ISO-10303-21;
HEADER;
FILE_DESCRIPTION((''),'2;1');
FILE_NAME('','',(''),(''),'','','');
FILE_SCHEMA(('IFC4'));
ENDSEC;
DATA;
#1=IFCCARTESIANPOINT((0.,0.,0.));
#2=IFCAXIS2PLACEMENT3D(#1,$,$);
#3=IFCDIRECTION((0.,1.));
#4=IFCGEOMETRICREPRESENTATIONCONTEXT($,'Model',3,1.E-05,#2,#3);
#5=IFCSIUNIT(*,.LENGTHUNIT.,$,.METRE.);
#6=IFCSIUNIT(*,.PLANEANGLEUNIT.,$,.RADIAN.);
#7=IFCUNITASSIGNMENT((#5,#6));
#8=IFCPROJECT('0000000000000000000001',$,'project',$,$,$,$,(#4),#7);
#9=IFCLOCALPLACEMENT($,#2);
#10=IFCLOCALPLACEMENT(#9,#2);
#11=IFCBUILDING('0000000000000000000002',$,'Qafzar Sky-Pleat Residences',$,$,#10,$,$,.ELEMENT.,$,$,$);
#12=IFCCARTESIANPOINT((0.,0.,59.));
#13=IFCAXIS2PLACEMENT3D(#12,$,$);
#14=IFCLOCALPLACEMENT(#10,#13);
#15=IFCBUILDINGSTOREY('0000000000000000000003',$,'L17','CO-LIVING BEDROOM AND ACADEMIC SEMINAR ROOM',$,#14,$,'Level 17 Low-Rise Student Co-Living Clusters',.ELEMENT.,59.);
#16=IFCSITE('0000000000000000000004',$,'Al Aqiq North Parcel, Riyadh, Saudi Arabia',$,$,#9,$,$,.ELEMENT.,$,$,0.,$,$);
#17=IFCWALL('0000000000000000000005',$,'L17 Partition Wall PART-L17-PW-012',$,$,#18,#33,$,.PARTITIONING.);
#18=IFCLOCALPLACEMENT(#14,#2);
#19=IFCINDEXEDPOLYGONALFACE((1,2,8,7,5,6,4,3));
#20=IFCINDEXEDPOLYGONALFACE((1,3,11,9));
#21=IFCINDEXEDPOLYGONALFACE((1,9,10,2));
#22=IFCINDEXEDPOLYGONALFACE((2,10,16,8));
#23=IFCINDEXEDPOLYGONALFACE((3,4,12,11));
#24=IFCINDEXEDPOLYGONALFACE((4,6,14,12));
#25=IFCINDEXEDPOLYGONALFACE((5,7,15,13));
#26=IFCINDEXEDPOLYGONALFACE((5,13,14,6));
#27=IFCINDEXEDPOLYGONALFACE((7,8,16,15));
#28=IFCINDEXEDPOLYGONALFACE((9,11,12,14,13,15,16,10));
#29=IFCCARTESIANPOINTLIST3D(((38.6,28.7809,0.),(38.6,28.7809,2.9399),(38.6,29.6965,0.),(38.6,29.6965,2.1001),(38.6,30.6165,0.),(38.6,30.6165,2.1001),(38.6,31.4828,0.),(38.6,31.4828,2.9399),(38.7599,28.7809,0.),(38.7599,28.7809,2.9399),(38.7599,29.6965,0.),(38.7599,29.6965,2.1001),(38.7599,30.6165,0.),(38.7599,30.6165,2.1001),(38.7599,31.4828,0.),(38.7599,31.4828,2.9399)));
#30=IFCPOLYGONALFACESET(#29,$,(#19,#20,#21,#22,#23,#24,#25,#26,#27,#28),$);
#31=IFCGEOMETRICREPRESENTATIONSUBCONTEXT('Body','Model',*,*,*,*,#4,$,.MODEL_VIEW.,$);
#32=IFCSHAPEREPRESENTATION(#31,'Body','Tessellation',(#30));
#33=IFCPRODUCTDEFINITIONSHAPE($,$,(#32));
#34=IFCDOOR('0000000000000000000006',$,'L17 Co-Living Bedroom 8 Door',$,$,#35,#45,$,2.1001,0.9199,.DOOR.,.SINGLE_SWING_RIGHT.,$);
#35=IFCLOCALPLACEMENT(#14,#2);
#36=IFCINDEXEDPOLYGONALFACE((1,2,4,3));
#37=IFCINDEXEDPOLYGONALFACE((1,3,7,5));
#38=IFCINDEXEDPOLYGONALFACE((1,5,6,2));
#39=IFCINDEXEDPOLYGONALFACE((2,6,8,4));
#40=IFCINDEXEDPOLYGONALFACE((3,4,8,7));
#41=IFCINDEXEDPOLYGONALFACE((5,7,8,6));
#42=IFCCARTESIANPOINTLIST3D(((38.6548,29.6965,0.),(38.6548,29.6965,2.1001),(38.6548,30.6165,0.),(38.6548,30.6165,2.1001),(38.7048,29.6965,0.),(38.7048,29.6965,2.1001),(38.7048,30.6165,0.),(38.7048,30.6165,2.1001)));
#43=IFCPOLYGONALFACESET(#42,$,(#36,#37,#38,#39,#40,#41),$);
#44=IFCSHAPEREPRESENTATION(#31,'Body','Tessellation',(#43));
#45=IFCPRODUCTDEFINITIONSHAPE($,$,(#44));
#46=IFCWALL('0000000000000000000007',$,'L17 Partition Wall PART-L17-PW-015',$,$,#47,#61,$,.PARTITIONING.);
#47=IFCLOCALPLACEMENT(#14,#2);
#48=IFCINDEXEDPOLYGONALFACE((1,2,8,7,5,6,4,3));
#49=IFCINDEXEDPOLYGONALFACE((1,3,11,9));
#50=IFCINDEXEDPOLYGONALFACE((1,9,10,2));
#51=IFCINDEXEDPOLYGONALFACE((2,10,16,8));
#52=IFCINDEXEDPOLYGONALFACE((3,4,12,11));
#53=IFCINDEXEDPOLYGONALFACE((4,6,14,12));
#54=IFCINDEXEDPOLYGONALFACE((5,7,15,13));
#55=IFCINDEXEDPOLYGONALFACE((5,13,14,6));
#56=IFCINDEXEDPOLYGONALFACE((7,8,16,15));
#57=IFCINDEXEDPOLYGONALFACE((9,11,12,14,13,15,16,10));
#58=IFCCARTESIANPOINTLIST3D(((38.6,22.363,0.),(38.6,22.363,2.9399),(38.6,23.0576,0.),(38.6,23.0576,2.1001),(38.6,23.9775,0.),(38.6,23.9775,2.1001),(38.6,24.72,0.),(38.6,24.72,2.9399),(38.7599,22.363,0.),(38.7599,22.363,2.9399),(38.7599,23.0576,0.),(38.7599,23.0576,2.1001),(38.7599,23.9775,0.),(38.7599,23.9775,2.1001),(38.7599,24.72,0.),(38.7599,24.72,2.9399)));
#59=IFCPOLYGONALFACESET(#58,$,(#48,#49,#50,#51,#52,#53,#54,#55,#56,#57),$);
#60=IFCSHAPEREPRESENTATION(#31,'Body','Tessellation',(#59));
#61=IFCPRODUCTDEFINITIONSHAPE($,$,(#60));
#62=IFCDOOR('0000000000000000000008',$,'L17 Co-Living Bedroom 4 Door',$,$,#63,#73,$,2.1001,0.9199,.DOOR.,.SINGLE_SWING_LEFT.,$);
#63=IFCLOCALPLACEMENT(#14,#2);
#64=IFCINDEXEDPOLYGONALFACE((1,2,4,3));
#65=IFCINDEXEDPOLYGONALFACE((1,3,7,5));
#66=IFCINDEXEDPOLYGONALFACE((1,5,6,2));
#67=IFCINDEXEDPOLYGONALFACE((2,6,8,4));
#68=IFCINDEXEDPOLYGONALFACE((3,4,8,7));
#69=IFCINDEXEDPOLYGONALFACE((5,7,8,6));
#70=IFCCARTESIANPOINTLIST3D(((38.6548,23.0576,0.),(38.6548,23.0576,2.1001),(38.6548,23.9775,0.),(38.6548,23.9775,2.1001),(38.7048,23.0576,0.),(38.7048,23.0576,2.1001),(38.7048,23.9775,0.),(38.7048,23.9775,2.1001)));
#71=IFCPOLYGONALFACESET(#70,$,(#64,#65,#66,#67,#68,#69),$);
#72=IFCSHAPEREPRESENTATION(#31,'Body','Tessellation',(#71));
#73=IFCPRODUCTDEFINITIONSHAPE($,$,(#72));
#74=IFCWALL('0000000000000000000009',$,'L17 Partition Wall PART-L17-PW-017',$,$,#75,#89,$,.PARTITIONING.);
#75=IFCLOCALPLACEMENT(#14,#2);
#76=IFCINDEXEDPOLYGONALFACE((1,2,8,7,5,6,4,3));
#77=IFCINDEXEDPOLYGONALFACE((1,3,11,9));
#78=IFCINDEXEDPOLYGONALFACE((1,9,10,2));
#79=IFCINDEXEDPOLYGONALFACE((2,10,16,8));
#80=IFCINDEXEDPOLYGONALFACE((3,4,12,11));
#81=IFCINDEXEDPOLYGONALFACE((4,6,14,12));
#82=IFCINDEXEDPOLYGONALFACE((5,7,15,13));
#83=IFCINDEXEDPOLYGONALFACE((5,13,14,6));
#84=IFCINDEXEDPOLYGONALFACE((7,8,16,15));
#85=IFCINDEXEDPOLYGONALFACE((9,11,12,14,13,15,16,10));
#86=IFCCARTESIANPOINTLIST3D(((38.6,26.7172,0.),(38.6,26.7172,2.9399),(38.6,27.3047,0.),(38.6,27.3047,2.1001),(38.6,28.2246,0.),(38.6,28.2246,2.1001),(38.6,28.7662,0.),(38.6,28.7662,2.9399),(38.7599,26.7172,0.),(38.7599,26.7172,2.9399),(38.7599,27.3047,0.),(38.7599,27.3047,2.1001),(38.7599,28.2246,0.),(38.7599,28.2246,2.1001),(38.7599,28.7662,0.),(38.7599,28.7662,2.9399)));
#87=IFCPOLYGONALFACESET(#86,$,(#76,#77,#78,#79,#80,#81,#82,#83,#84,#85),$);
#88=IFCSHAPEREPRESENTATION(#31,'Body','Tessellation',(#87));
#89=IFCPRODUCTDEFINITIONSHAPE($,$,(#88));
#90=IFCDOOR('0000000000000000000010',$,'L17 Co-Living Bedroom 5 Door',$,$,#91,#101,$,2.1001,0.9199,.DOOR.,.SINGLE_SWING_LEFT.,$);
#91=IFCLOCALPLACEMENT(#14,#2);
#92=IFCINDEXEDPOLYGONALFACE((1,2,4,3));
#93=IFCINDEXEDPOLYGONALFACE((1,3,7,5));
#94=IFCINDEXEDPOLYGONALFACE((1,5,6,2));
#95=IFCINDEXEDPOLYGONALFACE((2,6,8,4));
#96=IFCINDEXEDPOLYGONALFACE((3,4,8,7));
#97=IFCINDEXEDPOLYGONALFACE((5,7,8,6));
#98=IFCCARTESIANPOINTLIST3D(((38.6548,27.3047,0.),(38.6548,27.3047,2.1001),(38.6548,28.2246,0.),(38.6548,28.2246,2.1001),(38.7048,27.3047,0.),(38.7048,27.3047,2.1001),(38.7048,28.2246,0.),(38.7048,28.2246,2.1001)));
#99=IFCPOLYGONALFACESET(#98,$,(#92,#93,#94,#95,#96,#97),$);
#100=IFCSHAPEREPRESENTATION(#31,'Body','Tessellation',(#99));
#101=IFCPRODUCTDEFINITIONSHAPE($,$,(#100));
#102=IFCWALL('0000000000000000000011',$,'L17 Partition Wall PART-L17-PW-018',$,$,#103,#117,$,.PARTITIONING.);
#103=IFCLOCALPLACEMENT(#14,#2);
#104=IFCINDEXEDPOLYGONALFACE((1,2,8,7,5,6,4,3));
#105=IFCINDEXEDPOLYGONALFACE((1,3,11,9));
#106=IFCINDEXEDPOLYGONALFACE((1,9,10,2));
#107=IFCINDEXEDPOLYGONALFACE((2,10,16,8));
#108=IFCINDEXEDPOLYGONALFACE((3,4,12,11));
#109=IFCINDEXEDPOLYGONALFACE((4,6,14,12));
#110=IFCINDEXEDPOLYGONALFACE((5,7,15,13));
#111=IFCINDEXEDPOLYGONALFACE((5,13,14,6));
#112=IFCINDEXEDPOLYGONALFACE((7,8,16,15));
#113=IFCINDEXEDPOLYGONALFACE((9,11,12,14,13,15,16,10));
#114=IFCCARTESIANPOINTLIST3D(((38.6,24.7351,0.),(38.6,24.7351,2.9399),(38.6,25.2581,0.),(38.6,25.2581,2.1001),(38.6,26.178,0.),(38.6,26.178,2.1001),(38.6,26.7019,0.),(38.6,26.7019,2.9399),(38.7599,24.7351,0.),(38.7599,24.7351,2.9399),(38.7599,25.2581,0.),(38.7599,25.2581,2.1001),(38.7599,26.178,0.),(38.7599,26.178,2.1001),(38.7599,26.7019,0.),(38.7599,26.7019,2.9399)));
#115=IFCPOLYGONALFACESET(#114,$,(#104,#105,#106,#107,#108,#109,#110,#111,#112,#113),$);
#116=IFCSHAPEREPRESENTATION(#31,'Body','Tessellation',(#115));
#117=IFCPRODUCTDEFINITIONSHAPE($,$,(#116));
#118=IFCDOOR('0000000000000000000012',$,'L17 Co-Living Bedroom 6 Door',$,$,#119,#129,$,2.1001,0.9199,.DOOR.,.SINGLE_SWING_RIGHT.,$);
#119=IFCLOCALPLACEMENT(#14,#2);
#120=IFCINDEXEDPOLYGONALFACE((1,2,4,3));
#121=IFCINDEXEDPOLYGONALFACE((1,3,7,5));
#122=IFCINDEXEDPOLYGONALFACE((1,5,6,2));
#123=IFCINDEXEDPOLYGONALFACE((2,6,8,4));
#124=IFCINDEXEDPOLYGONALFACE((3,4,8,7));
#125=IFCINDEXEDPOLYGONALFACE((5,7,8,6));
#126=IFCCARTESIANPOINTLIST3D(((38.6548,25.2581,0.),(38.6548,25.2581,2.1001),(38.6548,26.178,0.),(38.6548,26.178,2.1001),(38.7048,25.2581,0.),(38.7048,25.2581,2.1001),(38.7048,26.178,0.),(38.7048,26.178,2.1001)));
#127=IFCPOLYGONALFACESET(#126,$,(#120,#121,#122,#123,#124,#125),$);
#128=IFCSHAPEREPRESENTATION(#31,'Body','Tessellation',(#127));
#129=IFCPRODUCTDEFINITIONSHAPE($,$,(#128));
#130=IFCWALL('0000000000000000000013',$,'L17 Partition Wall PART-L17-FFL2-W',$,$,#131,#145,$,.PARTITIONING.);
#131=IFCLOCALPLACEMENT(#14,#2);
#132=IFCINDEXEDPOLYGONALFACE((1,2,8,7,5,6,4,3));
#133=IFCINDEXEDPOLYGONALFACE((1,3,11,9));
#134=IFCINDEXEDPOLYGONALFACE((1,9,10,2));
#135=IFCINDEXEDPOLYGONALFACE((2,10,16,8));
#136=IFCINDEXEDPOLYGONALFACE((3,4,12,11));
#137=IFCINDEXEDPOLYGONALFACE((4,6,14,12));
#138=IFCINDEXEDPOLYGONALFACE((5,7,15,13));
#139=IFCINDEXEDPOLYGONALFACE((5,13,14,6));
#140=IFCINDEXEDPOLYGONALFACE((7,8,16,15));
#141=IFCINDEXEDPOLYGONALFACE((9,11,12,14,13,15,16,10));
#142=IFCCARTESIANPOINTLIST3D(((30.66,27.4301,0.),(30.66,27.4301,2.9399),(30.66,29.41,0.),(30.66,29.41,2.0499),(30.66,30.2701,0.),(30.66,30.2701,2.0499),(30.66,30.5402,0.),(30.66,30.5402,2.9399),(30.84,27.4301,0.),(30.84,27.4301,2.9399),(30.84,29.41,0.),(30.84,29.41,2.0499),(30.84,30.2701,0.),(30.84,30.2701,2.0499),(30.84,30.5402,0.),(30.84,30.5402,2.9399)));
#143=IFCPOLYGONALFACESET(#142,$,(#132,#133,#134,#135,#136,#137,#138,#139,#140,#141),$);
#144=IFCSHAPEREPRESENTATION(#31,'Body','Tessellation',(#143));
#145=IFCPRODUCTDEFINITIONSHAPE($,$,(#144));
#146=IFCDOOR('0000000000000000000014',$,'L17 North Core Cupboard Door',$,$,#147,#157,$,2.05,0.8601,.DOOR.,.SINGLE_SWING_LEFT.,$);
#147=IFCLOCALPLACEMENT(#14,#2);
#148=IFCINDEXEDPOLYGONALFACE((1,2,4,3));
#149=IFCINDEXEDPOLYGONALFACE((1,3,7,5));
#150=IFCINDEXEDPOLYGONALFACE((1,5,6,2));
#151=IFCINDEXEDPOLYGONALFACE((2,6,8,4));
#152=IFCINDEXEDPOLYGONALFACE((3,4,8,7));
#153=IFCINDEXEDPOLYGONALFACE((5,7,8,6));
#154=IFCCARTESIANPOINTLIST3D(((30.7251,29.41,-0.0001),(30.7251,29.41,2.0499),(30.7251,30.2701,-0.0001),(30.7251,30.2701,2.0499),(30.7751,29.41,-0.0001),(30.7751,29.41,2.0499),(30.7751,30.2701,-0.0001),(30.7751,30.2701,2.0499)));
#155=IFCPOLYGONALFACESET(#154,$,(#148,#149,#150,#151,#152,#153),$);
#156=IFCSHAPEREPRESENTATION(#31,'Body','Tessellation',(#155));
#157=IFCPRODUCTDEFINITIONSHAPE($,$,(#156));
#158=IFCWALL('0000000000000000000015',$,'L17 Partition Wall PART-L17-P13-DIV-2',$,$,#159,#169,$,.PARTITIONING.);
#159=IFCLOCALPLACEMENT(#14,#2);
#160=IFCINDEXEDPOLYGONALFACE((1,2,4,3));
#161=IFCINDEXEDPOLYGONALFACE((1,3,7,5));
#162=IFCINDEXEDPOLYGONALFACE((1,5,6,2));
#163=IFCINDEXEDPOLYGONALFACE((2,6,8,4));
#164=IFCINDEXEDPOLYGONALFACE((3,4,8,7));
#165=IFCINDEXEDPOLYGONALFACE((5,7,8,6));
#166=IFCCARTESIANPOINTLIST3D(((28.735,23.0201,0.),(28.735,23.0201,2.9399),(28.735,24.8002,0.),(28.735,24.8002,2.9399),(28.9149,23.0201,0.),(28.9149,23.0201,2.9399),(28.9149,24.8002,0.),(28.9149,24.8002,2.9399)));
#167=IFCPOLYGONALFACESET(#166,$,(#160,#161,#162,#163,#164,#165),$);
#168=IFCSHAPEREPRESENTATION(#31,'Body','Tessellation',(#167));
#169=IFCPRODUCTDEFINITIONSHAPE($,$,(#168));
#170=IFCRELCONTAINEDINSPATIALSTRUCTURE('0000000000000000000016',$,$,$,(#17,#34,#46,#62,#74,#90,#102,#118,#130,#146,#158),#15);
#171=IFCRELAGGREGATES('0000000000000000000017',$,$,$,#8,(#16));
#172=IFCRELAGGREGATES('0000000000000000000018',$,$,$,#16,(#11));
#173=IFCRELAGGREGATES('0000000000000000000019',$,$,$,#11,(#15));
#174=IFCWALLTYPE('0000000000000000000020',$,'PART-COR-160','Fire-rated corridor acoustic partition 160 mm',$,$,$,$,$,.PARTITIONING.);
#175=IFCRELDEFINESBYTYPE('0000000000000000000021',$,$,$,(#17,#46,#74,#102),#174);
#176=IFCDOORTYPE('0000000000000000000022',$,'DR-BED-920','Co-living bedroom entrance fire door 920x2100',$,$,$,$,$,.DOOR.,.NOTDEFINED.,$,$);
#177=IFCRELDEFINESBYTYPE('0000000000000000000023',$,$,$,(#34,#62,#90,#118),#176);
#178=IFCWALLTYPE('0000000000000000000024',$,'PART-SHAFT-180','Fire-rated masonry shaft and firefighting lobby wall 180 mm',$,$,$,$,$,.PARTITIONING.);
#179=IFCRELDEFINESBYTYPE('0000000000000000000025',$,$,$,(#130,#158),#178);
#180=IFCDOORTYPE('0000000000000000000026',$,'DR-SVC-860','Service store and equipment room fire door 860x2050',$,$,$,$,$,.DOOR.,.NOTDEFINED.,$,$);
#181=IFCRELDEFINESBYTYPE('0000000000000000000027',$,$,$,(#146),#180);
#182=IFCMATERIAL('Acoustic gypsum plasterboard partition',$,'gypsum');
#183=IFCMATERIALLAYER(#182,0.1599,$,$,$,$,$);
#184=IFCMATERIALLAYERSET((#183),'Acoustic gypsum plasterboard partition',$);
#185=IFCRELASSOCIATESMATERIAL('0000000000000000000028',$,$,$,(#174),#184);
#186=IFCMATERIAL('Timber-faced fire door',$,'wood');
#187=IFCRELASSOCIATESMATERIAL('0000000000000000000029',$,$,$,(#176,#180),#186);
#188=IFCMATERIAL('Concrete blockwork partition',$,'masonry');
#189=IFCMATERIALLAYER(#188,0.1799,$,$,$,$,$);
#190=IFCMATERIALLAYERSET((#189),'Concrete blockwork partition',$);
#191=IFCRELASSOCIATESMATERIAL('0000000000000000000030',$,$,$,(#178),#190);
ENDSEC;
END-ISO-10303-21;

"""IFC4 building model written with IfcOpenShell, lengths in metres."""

from ifc_helpers import new_model, si_unit, direction, frame, frame_2d, origin, place, context, subcontext, project, spatial, rectangle, extrude, source, transform, mapped, material, layer, layer_set, type_object, element, fill, save


model = new_model("IFC4")

# Units and contexts
model_context = context("Model", 3, precision=1e-05, world=origin(), true_north=direction((0.0, 1.0)))
body_context = subcontext(model_context, "Body", "Model", "MODEL_VIEW")
ifc_project = project(units=[si_unit("LENGTHUNIT", "METRE"), si_unit("PLANEANGLEUNIT", "RADIAN")], contexts=[model_context])

# Site, building, storey
site_placement = place(None, origin())
site = spatial("IfcSite", under=ifc_project, at=site_placement, Name="Al Aqiq North Parcel, Riyadh, Saudi Arabia", CompositionType="ELEMENT", RefElevation=0.0)
building_placement = place(site_placement, origin())
building = spatial("IfcBuilding", under=site, at=building_placement, Name="Qafzar Sky-Pleat Residences", CompositionType="ELEMENT")
storey_placement = place(building_placement, frame((0.0, 0.0, 59.0)))
storey = spatial("IfcBuildingStorey", under=building, at=storey_placement, Name="L17", Description="CO-LIVING BEDROOM AND ACADEMIC SEMINAR ROOM", LongName="Level 17 Low-Rise Student Co-Living Clusters", CompositionType="ELEMENT", Elevation=59.0)

# Walls, openings, doors
ifc_material_1 = material(Name="Acoustic gypsum plasterboard partition", Category="gypsum")
ifc_layer_1 = layer(ifc_material_1, 0.1599)
ifc_layer_set_1 = layer_set([ifc_layer_1], Name="Acoustic gypsum plasterboard partition")
wall_type_1 = type_object("IfcWallType", Name="PART-COR-160", Description="Fire-rated corridor acoustic partition 160 mm", PredefinedType="PARTITIONING", material=ifc_layer_set_1)
wall_1_placement = place(storey_placement, frame((38.6799, 31.4829, 0.0), z_axis=(0.0, 0.0, 1.0), x_axis=(0.0, -1.0, 0.0)))
wall_1 = element("IfcWall", 1, at=wall_1_placement, inside=storey, type_object=wall_type_1, Name="L17 Partition Wall PART-L17-PW-012", PredefinedType="PARTITIONING", context=body_context, shape_type="SweptSolid", body=[
    extrude(rectangle(XDim=2.7019, YDim=0.1599, at=frame_2d((1.3511, 0.0))), origin(), (0.0, 0.0, 1.0), 2.9399),
])
opening_1_placement = place(wall_1_placement, frame((0.8665, 0.0, 0.0)))
opening_1 = element("IfcOpeningElement", 2, at=opening_1_placement, cuts=wall_1, PredefinedType="OPENING", context=body_context, shape_type="SweptSolid", body=[
    extrude(rectangle(XDim=0.9199, YDim=2.1001, at=frame_2d((0.46, 1.05))), frame((0.0, 0.0898, 0.0), z_axis=(0.0, -1.0, 0.0), x_axis=(1.0, 0.0, 0.0)), (0.0, 0.0, 1.0), 0.1799),
])
ifc_material_2 = material(Name="Timber-faced fire door", Category="wood")
door_type_1 = type_object("IfcDoorType", Name="DR-BED-920", Description="Co-living bedroom entrance fire door 920x2100", OperationType="NOTDEFINED", PredefinedType="DOOR", material=ifc_material_2)
shared_shape_1 = source(origin(), body_context, "Body", "SweptSolid", [
    extrude(rectangle(XDim=0.9199, YDim=2.1001, at=frame_2d((0.46, 1.05))), frame((0.0, 0.0249, 0.0), z_axis=(0.0, -1.0, 0.0), x_axis=(1.0, 0.0, 0.0)), (0.0, 0.0, 1.0), 0.05),
])
door_1_placement = place(opening_1_placement, origin())
door_1 = element("IfcDoor", 3, at=door_1_placement, inside=storey, type_object=door_type_1, Name="L17 Co-Living Bedroom 8 Door", OperationType="SINGLE_SWING_RIGHT", OverallHeight=2.1001, OverallWidth=0.9199, PredefinedType="DOOR", context=body_context, shape_type="MappedRepresentation", body=[
    mapped(shared_shape_1, transform((0.0, 0.0, 0.0), x_axis=(1.0, 0.0, 0.0), y_axis=(0.0, 1.0, 0.0), z_axis=(0.0, 0.0, 1.0), scale=1.0)),
])
fill(opening_1, door_1)
wall_2_placement = place(storey_placement, frame((38.6799, 24.72, 0.0), z_axis=(0.0, 0.0, 1.0), x_axis=(0.0, -1.0, 0.0)))
wall_2 = element("IfcWall", 4, at=wall_2_placement, inside=storey, type_object=wall_type_1, Name="L17 Partition Wall PART-L17-PW-015", PredefinedType="PARTITIONING", context=body_context, shape_type="SweptSolid", body=[
    extrude(rectangle(XDim=2.3569, YDim=0.1599, at=frame_2d((1.1785, 0.0))), origin(), (0.0, 0.0, 1.0), 2.9399),
])
opening_2_placement = place(wall_2_placement, frame((0.7424, 0.0, 0.0)))
opening_2 = element("IfcOpeningElement", 5, at=opening_2_placement, cuts=wall_2, PredefinedType="OPENING", context=body_context, shape_type="SweptSolid", body=[
    extrude(rectangle(XDim=0.9199, YDim=2.1001, at=frame_2d((0.46, 1.05))), frame((0.0, 0.0898, 0.0), z_axis=(0.0, -1.0, 0.0), x_axis=(1.0, 0.0, 0.0)), (0.0, 0.0, 1.0), 0.1799),
])
door_2_placement = place(opening_2_placement, origin())
door_2 = element("IfcDoor", 6, at=door_2_placement, inside=storey, type_object=door_type_1, Name="L17 Co-Living Bedroom 4 Door", OperationType="SINGLE_SWING_LEFT", OverallHeight=2.1001, OverallWidth=0.9199, PredefinedType="DOOR", context=body_context, shape_type="MappedRepresentation", body=[
    mapped(shared_shape_1, transform((0.0, 0.0, 0.0), x_axis=(1.0, 0.0, 0.0), y_axis=(0.0, 1.0, 0.0), z_axis=(0.0, 0.0, 1.0), scale=1.0)),
])
fill(opening_2, door_2)
wall_3_placement = place(storey_placement, frame((38.6799, 28.7661, 0.0), z_axis=(0.0, 0.0, 1.0), x_axis=(0.0, -1.0, 0.0)))
wall_3 = element("IfcWall", 7, at=wall_3_placement, inside=storey, type_object=wall_type_1, Name="L17 Partition Wall PART-L17-PW-017", PredefinedType="PARTITIONING", context=body_context, shape_type="SweptSolid", body=[
    extrude(rectangle(XDim=2.0491, YDim=0.1599, at=frame_2d((1.0244, 0.0))), origin(), (0.0, 0.0, 1.0), 2.9399),
])
opening_3_placement = place(wall_3_placement, frame((0.5415, 0.0, 0.0)))
opening_3 = element("IfcOpeningElement", 8, at=opening_3_placement, cuts=wall_3, PredefinedType="OPENING", context=body_context, shape_type="SweptSolid", body=[
    extrude(rectangle(XDim=0.9199, YDim=2.1001, at=frame_2d((0.46, 1.05))), frame((0.0, 0.0898, 0.0), z_axis=(0.0, -1.0, 0.0), x_axis=(1.0, 0.0, 0.0)), (0.0, 0.0, 1.0), 0.1799),
])
door_3_placement = place(opening_3_placement, origin())
door_3 = element("IfcDoor", 9, at=door_3_placement, inside=storey, type_object=door_type_1, Name="L17 Co-Living Bedroom 5 Door", OperationType="SINGLE_SWING_LEFT", OverallHeight=2.1001, OverallWidth=0.9199, PredefinedType="DOOR", context=body_context, shape_type="MappedRepresentation", body=[
    mapped(shared_shape_1, transform((0.0, 0.0, 0.0), x_axis=(1.0, 0.0, 0.0), y_axis=(0.0, 1.0, 0.0), z_axis=(0.0, 0.0, 1.0), scale=1.0)),
])
fill(opening_3, door_3)
wall_4_placement = place(storey_placement, frame((38.6799, 26.7019, 0.0), z_axis=(0.0, 0.0, 1.0), x_axis=(0.0, -1.0, 0.0)))
wall_4 = element("IfcWall", 10, at=wall_4_placement, inside=storey, type_object=wall_type_1, Name="L17 Partition Wall PART-L17-PW-018", PredefinedType="PARTITIONING", context=body_context, shape_type="SweptSolid", body=[
    extrude(rectangle(XDim=1.9668, YDim=0.1599, at=frame_2d((0.9834, 0.0))), origin(), (0.0, 0.0, 1.0), 2.9399),
])
opening_4_placement = place(wall_4_placement, frame((0.5239, 0.0, 0.0)))
opening_4 = element("IfcOpeningElement", 11, at=opening_4_placement, cuts=wall_4, PredefinedType="OPENING", context=body_context, shape_type="SweptSolid", body=[
    extrude(rectangle(XDim=0.9199, YDim=2.1001, at=frame_2d((0.46, 1.05))), frame((0.0, 0.0898, 0.0), z_axis=(0.0, -1.0, 0.0), x_axis=(1.0, 0.0, 0.0)), (0.0, 0.0, 1.0), 0.1799),
])
door_4_placement = place(opening_4_placement, origin())
door_4 = element("IfcDoor", 12, at=door_4_placement, inside=storey, type_object=door_type_1, Name="L17 Co-Living Bedroom 6 Door", OperationType="SINGLE_SWING_RIGHT", OverallHeight=2.1001, OverallWidth=0.9199, PredefinedType="DOOR", context=body_context, shape_type="MappedRepresentation", body=[
    mapped(shared_shape_1, transform((0.0, 0.0, 0.0), x_axis=(1.0, 0.0, 0.0), y_axis=(0.0, 1.0, 0.0), z_axis=(0.0, 0.0, 1.0), scale=1.0)),
])
fill(opening_4, door_4)
ifc_material_3 = material(Name="Concrete blockwork partition", Category="masonry")
ifc_layer_2 = layer(ifc_material_3, 0.1799)
ifc_layer_set_2 = layer_set([ifc_layer_2], Name="Concrete blockwork partition")
wall_type_2 = type_object("IfcWallType", Name="PART-SHAFT-180", Description="Fire-rated masonry shaft and firefighting lobby wall 180 mm", PredefinedType="PARTITIONING", material=ifc_layer_set_2)
wall_5_placement = place(storey_placement, frame((30.75, 27.4299, 0.0), z_axis=(0.0, 0.0, 1.0), x_axis=(0.0, 1.0, 0.0)))
wall_5 = element("IfcWall", 13, at=wall_5_placement, inside=storey, type_object=wall_type_2, Name="L17 Partition Wall PART-L17-FFL2-W", PredefinedType="PARTITIONING", context=body_context, shape_type="SweptSolid", body=[
    extrude(rectangle(XDim=3.1101, YDim=0.1799, at=frame_2d((1.5552, 0.0))), origin(), (0.0, 0.0, 1.0), 2.9399),
])
opening_5_placement = place(wall_5_placement, frame((1.98, 0.0, 0.0)))
opening_5 = element("IfcOpeningElement", 14, at=opening_5_placement, cuts=wall_5, PredefinedType="OPENING", context=body_context, shape_type="SweptSolid", body=[
    extrude(rectangle(XDim=0.8601, YDim=2.05, at=frame_2d((0.4302, 1.0249))), frame((0.0, 0.1001, 0.0), z_axis=(0.0, -1.0, 0.0), x_axis=(1.0, 0.0, 0.0)), (0.0, 0.0, 1.0), 0.2),
])
door_type_2 = type_object("IfcDoorType", Name="DR-SVC-860", Description="Service store and equipment room fire door 860x2050", OperationType="NOTDEFINED", PredefinedType="DOOR", material=ifc_material_2)
shared_shape_2 = source(origin(), body_context, "Body", "SweptSolid", [
    extrude(rectangle(XDim=0.8601, YDim=2.05, at=frame_2d((0.4302, 1.0249))), frame((0.0, 0.0249, 0.0), z_axis=(0.0, -1.0, 0.0), x_axis=(1.0, 0.0, 0.0)), (0.0, 0.0, 1.0), 0.05),
])
door_5_placement = place(opening_5_placement, origin())
door_5 = element("IfcDoor", 15, at=door_5_placement, inside=storey, type_object=door_type_2, Name="L17 North Core Cupboard Door", OperationType="SINGLE_SWING_LEFT", OverallHeight=2.05, OverallWidth=0.8601, PredefinedType="DOOR", context=body_context, shape_type="MappedRepresentation", body=[
    mapped(shared_shape_2, transform((0.0, 0.0, 0.0), x_axis=(1.0, 0.0, 0.0), y_axis=(0.0, 1.0, 0.0), z_axis=(0.0, 0.0, 1.0), scale=1.0)),
])
fill(opening_5, door_5)

# Wall
wall_6_placement = place(storey_placement, frame((28.825, 23.02, 0.0), z_axis=(0.0, 0.0, 1.0), x_axis=(0.0, 1.0, 0.0)))
element("IfcWall", 16, at=wall_6_placement, inside=storey, type_object=wall_type_2, Name="L17 Partition Wall PART-L17-P13-DIV-2", PredefinedType="PARTITIONING", context=body_context, shape_type="SweptSolid", body=[
    extrude(rectangle(XDim=1.78, YDim=0.1799, at=frame_2d((0.8901, 0.0))), origin(), (0.0, 0.0, 1.0), 2.9399),
])

save(model, "model.ifc")
